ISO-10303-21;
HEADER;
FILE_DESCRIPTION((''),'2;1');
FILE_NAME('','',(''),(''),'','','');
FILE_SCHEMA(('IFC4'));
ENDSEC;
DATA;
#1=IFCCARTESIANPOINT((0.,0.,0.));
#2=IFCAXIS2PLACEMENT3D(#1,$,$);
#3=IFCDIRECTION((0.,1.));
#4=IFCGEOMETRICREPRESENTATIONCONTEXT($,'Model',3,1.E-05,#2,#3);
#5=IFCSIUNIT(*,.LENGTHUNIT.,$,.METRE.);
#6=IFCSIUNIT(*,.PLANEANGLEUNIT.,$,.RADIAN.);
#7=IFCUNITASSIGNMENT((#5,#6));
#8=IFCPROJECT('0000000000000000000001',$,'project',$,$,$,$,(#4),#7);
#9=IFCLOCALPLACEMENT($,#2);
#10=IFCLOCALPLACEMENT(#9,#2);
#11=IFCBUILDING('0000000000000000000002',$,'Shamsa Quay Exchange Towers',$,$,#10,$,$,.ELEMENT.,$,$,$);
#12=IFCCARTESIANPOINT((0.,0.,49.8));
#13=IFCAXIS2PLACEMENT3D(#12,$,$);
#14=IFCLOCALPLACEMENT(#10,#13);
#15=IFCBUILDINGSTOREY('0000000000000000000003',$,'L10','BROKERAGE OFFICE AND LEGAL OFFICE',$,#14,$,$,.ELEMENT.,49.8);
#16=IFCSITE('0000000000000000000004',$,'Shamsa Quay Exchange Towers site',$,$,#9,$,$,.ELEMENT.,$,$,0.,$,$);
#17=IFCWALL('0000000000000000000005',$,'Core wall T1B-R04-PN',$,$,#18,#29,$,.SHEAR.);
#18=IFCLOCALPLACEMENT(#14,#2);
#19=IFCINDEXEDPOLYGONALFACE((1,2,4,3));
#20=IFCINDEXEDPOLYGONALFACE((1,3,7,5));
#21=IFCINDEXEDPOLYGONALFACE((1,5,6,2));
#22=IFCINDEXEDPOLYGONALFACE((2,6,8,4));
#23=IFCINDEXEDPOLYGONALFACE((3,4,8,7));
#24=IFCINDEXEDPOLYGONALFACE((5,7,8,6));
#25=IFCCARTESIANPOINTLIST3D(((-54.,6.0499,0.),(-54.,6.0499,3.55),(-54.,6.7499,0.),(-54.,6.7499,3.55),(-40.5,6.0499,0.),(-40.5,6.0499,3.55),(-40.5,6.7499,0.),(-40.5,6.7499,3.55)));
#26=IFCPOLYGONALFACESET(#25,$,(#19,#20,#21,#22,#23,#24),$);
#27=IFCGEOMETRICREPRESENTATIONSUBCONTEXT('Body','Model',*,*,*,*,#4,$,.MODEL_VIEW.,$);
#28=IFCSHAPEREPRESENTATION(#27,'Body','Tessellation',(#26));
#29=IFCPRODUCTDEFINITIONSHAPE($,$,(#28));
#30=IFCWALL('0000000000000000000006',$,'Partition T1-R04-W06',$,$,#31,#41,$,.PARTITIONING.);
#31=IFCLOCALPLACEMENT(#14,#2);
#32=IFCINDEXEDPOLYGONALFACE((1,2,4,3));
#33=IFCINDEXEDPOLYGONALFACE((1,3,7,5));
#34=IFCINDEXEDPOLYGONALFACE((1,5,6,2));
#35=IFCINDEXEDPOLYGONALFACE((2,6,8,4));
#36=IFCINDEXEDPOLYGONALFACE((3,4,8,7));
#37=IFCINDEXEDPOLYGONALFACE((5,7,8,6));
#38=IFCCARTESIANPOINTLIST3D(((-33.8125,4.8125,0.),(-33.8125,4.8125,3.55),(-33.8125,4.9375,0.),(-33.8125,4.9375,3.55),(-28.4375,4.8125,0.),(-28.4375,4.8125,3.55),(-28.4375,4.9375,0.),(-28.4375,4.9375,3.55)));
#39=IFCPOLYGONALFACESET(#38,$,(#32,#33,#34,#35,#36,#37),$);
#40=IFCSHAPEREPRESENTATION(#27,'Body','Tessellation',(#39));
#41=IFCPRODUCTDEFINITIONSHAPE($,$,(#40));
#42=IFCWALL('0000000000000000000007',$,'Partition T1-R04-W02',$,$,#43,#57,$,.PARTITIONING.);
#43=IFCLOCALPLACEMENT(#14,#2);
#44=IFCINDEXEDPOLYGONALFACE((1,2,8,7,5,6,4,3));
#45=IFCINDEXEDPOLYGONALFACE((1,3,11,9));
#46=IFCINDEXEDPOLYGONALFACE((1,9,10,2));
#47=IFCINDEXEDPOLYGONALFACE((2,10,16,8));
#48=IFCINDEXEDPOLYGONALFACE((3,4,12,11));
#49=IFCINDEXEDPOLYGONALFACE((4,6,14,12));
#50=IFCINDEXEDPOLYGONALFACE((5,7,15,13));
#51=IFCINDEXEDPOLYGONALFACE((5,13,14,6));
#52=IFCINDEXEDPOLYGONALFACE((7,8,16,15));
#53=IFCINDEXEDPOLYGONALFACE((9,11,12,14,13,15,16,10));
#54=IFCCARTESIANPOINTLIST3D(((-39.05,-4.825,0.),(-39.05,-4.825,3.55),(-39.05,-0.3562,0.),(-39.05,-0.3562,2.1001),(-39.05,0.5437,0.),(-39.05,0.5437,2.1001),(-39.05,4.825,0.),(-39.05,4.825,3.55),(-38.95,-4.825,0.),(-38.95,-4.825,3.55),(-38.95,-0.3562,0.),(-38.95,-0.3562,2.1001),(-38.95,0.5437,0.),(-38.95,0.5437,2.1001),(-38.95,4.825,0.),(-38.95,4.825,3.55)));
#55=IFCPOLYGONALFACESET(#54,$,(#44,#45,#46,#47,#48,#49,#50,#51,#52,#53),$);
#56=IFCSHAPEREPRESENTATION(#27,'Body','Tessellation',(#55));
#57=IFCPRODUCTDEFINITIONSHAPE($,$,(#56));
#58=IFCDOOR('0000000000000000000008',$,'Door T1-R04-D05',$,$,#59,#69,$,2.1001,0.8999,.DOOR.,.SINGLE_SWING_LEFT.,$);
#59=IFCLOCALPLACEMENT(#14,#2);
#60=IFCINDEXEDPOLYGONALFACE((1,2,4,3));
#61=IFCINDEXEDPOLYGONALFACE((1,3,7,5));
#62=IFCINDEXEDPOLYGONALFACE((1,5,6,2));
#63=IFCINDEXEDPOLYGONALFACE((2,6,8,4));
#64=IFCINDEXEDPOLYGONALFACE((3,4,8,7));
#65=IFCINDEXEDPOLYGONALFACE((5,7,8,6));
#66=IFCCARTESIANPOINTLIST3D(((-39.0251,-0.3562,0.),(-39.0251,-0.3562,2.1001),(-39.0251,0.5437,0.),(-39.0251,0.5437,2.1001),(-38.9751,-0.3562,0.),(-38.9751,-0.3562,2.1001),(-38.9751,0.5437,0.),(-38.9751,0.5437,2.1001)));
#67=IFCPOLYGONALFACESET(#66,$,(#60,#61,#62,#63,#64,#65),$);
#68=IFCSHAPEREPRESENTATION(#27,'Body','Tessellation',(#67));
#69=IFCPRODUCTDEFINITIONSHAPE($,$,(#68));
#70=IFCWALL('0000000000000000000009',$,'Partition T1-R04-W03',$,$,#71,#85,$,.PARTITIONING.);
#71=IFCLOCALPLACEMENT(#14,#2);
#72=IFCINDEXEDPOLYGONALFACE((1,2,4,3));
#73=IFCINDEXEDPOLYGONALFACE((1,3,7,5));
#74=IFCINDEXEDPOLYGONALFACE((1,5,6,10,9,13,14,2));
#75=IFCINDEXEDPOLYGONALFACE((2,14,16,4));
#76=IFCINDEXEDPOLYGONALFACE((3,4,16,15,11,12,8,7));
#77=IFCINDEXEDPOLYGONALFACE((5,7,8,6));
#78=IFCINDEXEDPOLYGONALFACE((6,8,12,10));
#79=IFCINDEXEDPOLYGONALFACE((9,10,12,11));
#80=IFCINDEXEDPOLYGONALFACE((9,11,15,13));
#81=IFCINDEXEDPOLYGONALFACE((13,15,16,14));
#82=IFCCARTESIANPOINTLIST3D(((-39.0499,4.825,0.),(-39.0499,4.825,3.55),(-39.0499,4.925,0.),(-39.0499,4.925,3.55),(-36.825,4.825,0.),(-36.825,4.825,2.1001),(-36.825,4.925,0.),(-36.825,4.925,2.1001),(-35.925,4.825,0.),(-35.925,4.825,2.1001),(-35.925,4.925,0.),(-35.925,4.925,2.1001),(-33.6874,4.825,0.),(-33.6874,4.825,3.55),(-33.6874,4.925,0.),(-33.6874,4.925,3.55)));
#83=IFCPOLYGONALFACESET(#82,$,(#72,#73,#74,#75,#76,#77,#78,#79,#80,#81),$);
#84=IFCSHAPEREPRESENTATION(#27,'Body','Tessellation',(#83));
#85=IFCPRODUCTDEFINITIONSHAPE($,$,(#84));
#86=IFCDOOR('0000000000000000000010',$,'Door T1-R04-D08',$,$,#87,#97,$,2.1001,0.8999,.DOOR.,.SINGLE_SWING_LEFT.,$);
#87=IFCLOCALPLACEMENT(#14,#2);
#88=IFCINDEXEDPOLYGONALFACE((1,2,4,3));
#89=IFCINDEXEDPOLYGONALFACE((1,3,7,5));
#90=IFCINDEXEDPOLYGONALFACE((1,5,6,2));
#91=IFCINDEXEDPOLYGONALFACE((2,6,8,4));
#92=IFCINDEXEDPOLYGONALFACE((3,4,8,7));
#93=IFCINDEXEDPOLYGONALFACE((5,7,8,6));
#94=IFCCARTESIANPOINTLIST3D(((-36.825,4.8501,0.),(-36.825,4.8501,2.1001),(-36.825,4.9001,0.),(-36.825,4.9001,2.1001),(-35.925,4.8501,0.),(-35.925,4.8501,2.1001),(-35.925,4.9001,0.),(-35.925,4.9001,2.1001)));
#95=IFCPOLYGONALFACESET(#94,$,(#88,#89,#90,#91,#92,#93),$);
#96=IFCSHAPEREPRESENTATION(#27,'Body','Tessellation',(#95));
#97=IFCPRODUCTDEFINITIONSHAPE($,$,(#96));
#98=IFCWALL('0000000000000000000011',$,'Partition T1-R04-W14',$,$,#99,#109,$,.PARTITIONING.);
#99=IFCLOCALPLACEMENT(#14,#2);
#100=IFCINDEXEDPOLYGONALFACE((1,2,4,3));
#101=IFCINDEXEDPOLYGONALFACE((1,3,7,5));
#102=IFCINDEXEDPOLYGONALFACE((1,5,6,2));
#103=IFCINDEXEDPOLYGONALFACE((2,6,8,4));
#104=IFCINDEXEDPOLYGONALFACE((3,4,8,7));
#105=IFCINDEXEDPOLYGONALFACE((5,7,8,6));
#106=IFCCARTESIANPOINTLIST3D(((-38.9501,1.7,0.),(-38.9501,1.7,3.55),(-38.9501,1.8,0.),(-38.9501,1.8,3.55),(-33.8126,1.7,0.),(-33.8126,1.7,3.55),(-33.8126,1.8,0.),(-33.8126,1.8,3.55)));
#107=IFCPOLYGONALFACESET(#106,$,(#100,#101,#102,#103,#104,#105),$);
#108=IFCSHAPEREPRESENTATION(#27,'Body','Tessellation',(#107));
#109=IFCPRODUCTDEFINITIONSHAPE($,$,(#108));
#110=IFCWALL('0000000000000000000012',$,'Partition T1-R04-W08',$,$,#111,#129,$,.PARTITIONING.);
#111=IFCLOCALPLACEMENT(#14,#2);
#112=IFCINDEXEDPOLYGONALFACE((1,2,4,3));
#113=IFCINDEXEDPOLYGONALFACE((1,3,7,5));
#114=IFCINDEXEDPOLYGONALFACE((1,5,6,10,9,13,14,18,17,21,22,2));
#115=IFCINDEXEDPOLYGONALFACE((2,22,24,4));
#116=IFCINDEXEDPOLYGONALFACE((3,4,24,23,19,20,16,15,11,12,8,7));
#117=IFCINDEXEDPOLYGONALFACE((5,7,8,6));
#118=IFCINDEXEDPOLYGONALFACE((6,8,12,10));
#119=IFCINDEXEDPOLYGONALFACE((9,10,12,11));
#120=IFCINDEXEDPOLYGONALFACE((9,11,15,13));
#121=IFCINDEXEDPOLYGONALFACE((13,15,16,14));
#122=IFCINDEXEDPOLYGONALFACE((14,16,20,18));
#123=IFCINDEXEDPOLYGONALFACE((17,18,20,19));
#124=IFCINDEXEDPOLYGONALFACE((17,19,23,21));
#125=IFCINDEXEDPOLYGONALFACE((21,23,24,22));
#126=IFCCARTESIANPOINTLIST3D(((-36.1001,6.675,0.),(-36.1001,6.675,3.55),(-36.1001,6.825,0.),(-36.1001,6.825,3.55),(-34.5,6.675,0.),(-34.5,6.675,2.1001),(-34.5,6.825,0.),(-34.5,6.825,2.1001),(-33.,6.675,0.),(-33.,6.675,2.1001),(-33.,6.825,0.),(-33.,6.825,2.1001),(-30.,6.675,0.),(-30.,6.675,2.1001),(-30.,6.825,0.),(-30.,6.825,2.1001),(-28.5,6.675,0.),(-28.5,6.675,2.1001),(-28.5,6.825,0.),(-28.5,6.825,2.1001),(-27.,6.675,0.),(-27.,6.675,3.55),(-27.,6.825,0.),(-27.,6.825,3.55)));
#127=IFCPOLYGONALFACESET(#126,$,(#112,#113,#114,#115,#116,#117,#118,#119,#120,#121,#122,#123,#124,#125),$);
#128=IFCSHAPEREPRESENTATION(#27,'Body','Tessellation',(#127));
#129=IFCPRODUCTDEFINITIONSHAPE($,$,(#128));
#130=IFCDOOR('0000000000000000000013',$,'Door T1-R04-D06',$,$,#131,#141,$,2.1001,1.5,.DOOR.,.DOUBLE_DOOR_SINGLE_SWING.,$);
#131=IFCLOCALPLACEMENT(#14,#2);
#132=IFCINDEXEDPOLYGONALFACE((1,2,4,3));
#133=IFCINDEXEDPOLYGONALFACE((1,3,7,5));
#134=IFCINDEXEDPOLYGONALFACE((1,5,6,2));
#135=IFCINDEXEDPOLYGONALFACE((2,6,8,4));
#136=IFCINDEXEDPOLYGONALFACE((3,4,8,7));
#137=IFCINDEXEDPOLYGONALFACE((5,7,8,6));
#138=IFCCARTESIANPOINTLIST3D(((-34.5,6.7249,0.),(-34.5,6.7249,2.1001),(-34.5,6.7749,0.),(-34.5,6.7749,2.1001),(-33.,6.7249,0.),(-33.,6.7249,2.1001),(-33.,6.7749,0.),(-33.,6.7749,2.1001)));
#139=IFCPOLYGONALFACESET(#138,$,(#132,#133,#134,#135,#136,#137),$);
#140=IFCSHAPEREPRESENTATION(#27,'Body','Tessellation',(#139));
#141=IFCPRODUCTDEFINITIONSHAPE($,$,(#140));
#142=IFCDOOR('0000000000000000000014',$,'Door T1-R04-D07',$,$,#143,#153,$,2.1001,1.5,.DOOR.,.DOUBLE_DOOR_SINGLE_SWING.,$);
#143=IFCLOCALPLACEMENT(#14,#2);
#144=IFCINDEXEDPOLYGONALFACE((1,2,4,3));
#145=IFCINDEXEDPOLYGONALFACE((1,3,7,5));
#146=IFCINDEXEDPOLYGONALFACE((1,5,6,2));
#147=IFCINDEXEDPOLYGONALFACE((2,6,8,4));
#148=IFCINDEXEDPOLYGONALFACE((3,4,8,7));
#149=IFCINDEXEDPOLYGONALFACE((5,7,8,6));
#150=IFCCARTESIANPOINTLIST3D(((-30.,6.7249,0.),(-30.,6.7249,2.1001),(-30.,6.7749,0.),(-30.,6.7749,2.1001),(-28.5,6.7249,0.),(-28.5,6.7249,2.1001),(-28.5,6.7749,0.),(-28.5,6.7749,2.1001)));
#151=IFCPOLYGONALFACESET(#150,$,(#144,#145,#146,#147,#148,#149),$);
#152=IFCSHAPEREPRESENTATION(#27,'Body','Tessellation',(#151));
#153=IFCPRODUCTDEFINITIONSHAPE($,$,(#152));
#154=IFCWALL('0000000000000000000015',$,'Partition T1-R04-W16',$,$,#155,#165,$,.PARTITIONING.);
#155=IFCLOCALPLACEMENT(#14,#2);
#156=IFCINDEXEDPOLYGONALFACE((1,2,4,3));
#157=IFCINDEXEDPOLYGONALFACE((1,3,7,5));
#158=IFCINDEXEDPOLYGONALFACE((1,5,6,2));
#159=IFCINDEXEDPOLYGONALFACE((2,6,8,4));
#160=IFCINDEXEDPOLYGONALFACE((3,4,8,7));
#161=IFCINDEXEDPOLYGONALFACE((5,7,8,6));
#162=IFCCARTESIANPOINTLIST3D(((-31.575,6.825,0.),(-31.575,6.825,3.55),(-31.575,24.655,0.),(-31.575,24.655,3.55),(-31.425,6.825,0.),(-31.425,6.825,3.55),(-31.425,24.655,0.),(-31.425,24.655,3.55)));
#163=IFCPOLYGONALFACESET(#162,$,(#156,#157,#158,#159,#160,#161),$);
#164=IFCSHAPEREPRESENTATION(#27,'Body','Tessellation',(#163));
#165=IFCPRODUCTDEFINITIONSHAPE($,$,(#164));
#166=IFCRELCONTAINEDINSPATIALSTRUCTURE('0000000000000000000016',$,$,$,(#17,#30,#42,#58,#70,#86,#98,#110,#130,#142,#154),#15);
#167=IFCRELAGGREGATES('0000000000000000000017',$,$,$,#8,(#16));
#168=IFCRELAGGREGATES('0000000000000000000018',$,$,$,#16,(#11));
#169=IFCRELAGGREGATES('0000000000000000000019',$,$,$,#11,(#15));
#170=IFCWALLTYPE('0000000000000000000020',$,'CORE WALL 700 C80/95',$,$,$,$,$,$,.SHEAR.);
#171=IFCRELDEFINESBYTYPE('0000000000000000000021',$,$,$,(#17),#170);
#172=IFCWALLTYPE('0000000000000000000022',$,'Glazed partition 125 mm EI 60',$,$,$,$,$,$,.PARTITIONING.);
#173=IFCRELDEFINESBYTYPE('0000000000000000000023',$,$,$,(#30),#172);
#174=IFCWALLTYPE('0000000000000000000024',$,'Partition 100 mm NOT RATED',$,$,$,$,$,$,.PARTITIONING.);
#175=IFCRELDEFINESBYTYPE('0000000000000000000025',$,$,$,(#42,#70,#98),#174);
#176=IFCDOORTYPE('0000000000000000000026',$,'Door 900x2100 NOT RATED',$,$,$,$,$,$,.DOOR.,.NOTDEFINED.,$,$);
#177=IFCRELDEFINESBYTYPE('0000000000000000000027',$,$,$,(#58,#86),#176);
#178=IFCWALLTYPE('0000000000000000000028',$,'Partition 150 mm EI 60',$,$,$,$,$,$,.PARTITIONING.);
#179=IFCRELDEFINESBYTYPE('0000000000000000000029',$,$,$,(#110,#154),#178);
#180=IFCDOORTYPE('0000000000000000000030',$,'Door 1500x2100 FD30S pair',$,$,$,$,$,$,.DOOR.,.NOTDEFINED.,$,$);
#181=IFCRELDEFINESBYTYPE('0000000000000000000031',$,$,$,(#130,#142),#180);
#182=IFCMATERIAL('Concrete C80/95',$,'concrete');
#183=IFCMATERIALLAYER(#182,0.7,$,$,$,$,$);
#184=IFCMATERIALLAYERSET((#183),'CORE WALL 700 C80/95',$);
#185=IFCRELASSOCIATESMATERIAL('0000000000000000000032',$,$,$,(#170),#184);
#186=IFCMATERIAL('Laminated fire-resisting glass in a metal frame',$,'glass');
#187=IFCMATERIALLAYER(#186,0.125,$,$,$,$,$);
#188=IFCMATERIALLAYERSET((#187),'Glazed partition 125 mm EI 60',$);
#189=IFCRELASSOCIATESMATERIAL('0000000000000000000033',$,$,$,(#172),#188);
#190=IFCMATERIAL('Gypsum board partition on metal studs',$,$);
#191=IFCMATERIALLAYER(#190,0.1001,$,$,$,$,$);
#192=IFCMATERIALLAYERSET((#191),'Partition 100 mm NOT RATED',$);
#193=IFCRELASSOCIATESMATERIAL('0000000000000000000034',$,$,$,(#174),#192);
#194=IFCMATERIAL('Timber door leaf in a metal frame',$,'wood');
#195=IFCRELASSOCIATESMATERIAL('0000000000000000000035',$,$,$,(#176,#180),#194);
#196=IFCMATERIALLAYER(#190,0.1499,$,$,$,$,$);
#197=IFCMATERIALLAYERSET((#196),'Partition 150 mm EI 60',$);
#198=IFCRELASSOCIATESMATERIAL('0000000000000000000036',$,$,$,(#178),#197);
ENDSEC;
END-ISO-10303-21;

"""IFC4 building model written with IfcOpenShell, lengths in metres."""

from ifc_helpers import new_model, si_unit, direction, frame, frame_2d, origin, place, context, subcontext, project, spatial, rectangle, extrude, material, layer, layer_set, type_object, element, fill, save


model = new_model("IFC4")

# Units and contexts
model_context = context("Model", 3, precision=1e-05, world=origin(), true_north=direction((0.0, 1.0)))
body_context = subcontext(model_context, "Body", "Model", "MODEL_VIEW")
ifc_project = project(units=[si_unit("LENGTHUNIT", "METRE"), si_unit("PLANEANGLEUNIT", "RADIAN")], contexts=[model_context])

# Site, building, storey
site_placement = place(None, origin())
site = spatial("IfcSite", under=ifc_project, at=site_placement, Name="Shamsa Quay Exchange Towers site", CompositionType="ELEMENT", RefElevation=0.0)
building_placement = place(site_placement, origin())
building = spatial("IfcBuilding", under=site, at=building_placement, Name="Shamsa Quay Exchange Towers", CompositionType="ELEMENT")
storey_placement = place(building_placement, frame((0.0, 0.0, 49.8)))
storey = spatial("IfcBuildingStorey", under=building, at=storey_placement, Name="L10", Description="BROKERAGE OFFICE AND LEGAL OFFICE", CompositionType="ELEMENT", Elevation=49.8)

# Walls
ifc_material_1 = material(Name="Concrete C80/95", Category="concrete")
ifc_layer_1 = layer(ifc_material_1, 0.7)
ifc_layer_set_1 = layer_set([ifc_layer_1], Name="CORE WALL 700 C80/95")
wall_type_1 = type_object("IfcWallType", Name="CORE WALL 700 C80/95", PredefinedType="SHEAR", material=ifc_layer_set_1)
wall_1_placement = place(storey_placement, frame((-40.5, 6.3999, 0.0), z_axis=(0.0, 0.0, 1.0), x_axis=(-1.0, 0.0, 0.0)))
element("IfcWall", 1, at=wall_1_placement, inside=storey, type_object=wall_type_1, Name="Core wall T1B-R04-PN", PredefinedType="SHEAR", context=body_context, shape_type="SweptSolid", body=[
    extrude(rectangle(XDim=13.5, YDim=0.7, at=frame_2d((6.75, 0.0))), origin(), (0.0, 0.0, 1.0), 3.55),
])
ifc_material_2 = material(Name="Laminated fire-resisting glass in a metal frame", Category="glass")
ifc_layer_2 = layer(ifc_material_2, 0.125)
ifc_layer_set_2 = layer_set([ifc_layer_2], Name="Glazed partition 125 mm EI 60")
wall_type_2 = type_object("IfcWallType", Name="Glazed partition 125 mm EI 60", PredefinedType="PARTITIONING", material=ifc_layer_set_2)
wall_2_placement = place(storey_placement, frame((-28.4375, 4.875, 0.0), z_axis=(0.0, 0.0, 1.0), x_axis=(-1.0, 0.0, 0.0)))
element("IfcWall", 2, at=wall_2_placement, inside=storey, type_object=wall_type_2, Name="Partition T1-R04-W06", PredefinedType="PARTITIONING", context=body_context, shape_type="SweptSolid", body=[
    extrude(rectangle(XDim=5.375, YDim=0.125, at=frame_2d((2.6875, 0.0))), origin(), (0.0, 0.0, 1.0), 3.55),
])

# Walls, openings, doors
ifc_material_3 = material(Name="Gypsum board partition on metal studs")
ifc_layer_3 = layer(ifc_material_3, 0.1001)
ifc_layer_set_3 = layer_set([ifc_layer_3], Name="Partition 100 mm NOT RATED")
wall_type_3 = type_object("IfcWallType", Name="Partition 100 mm NOT RATED", PredefinedType="PARTITIONING", material=ifc_layer_set_3)
wall_3_placement = place(storey_placement, frame((-39.0, 4.825, 0.0), z_axis=(0.0, 0.0, 1.0), x_axis=(0.0, -1.0, 0.0)))
wall_3 = element("IfcWall", 3, at=wall_3_placement, inside=storey, type_object=wall_type_3, Name="Partition T1-R04-W02", PredefinedType="PARTITIONING", context=body_context, shape_type="SweptSolid", body=[
    extrude(rectangle(XDim=9.6499, YDim=0.1001, at=frame_2d((4.825, 0.0))), origin(), (0.0, 0.0, 1.0), 3.55),
])
opening_1_placement = place(wall_3_placement, frame((4.2812, 0.0, 0.0)))
opening_1 = element("IfcOpeningElement", 4, at=opening_1_placement, cuts=wall_3, PredefinedType="OPENING", context=body_context, shape_type="SweptSolid", body=[
    extrude(rectangle(XDim=0.8999, YDim=2.1001, at=frame_2d((0.45, 1.05))), frame((0.0, 0.0601, 0.0), z_axis=(0.0, -1.0, 0.0), x_axis=(1.0, 0.0, 0.0)), (0.0, 0.0, 1.0), 0.1201),
])
ifc_material_4 = material(Name="Timber door leaf in a metal frame", Category="wood")
door_type_1 = type_object("IfcDoorType", Name="Door 900x2100 NOT RATED", OperationType="NOTDEFINED", PredefinedType="DOOR", material=ifc_material_4)
door_1_placement = place(opening_1_placement, origin())
door_1 = element("IfcDoor", 5, at=door_1_placement, inside=storey, type_object=door_type_1, Name="Door T1-R04-D05", OperationType="SINGLE_SWING_LEFT", OverallHeight=2.1001, OverallWidth=0.8999, PredefinedType="DOOR", context=body_context, shape_type="SweptSolid", body=[
    extrude(rectangle(XDim=0.8999, YDim=2.1001, at=frame_2d((0.45, 1.05))), frame((0.0, 0.0249, 0.0), z_axis=(0.0, -1.0, 0.0), x_axis=(1.0, 0.0, 0.0)), (0.0, 0.0, 1.0), 0.05),
])
fill(opening_1, door_1)
wall_4_placement = place(storey_placement, frame((-33.6875, 4.875, 0.0), z_axis=(0.0, 0.0, 1.0), x_axis=(-1.0, 0.0, 0.0)))
wall_4 = element("IfcWall", 6, at=wall_4_placement, inside=storey, type_object=wall_type_3, Name="Partition T1-R04-W03", PredefinedType="PARTITIONING", context=body_context, shape_type="SweptSolid", body=[
    extrude(rectangle(XDim=5.3625, YDim=0.1001, at=frame_2d((2.6812, 0.0))), origin(), (0.0, 0.0, 1.0), 3.55),
])
opening_2_placement = place(wall_4_placement, frame((2.2375, 0.0, 0.0)))
opening_2 = element("IfcOpeningElement", 7, at=opening_2_placement, cuts=wall_4, PredefinedType="OPENING", context=body_context, shape_type="SweptSolid", body=[
    extrude(rectangle(XDim=0.8999, YDim=2.1001, at=frame_2d((0.45, 1.05))), frame((0.0, 0.0601, 0.0), z_axis=(0.0, -1.0, 0.0), x_axis=(1.0, 0.0, 0.0)), (0.0, 0.0, 1.0), 0.1201),
])
door_2_placement = place(opening_2_placement, origin())
door_2 = element("IfcDoor", 8, at=door_2_placement, inside=storey, type_object=door_type_1, Name="Door T1-R04-D08", OperationType="SINGLE_SWING_LEFT", OverallHeight=2.1001, OverallWidth=0.8999, PredefinedType="DOOR", context=body_context, shape_type="SweptSolid", body=[
    extrude(rectangle(XDim=0.8999, YDim=2.1001, at=frame_2d((0.45, 1.05))), frame((0.0, 0.0249, 0.0), z_axis=(0.0, -1.0, 0.0), x_axis=(1.0, 0.0, 0.0)), (0.0, 0.0, 1.0), 0.05),
])
fill(opening_2, door_2)

# Wall
wall_5_placement = place(storey_placement, frame((-33.8125, 1.75, 0.0), z_axis=(0.0, 0.0, 1.0), x_axis=(-1.0, 0.0, 0.0)))
element("IfcWall", 9, at=wall_5_placement, inside=storey, type_object=wall_type_3, Name="Partition T1-R04-W14", PredefinedType="PARTITIONING", context=body_context, shape_type="SweptSolid", body=[
    extrude(rectangle(XDim=5.1375, YDim=0.1001, at=frame_2d((2.5688, 0.0))), origin(), (0.0, 0.0, 1.0), 3.55),
])

# Wall, openings, doors
ifc_layer_4 = layer(ifc_material_3, 0.1499)
ifc_layer_set_4 = layer_set([ifc_layer_4], Name="Partition 150 mm EI 60")
wall_type_4 = type_object("IfcWallType", Name="Partition 150 mm EI 60", PredefinedType="PARTITIONING", material=ifc_layer_set_4)
wall_6_placement = place(storey_placement, frame((-36.1001, 6.75, 0.0)))
wall_6 = element("IfcWall", 10, at=wall_6_placement, inside=storey, type_object=wall_type_4, Name="Partition T1-R04-W08", PredefinedType="PARTITIONING", context=body_context, shape_type="SweptSolid", body=[
    extrude(rectangle(XDim=9.1001, YDim=0.1499, at=frame_2d((4.55, 0.0))), origin(), (0.0, 0.0, 1.0), 3.55),
])
opening_3_placement = place(wall_6_placement, frame((1.6001, 0.0, 0.0)))
opening_3 = element("IfcOpeningElement", 11, at=opening_3_placement, cuts=wall_6, PredefinedType="OPENING", context=body_context, shape_type="SweptSolid", body=[
    extrude(rectangle(XDim=1.5, YDim=2.1001, at=frame_2d((0.75, 1.05))), frame((0.0, 0.085, 0.0), z_axis=(0.0, -1.0, 0.0), x_axis=(1.0, 0.0, 0.0)), (0.0, 0.0, 1.0), 0.1699),
])
opening_4_placement = place(wall_6_placement, frame((6.1001, 0.0, 0.0)))
opening_4 = element("IfcOpeningElement", 12, at=opening_4_placement, cuts=wall_6, PredefinedType="OPENING", context=body_context, shape_type="SweptSolid", body=[
    extrude(rectangle(XDim=1.5, YDim=2.1001, at=frame_2d((0.75, 1.05))), frame((0.0, 0.085, 0.0), z_axis=(0.0, -1.0, 0.0), x_axis=(1.0, 0.0, 0.0)), (0.0, 0.0, 1.0), 0.1699),
])
door_type_2 = type_object("IfcDoorType", Name="Door 1500x2100 FD30S pair", OperationType="NOTDEFINED", PredefinedType="DOOR", material=ifc_material_4)
door_3_placement = place(opening_3_placement, origin())
door_3 = element("IfcDoor", 13, at=door_3_placement, inside=storey, type_object=door_type_2, Name="Door T1-R04-D06", OperationType="DOUBLE_DOOR_SINGLE_SWING", OverallHeight=2.1001, OverallWidth=1.5, PredefinedType="DOOR", context=body_context, shape_type="SweptSolid", body=[
    extrude(rectangle(XDim=1.5, YDim=2.1001, at=frame_2d((0.75, 1.05))), frame((0.0, 0.0249, 0.0), z_axis=(0.0, -1.0, 0.0), x_axis=(1.0, 0.0, 0.0)), (0.0, 0.0, 1.0), 0.05),
])
fill(opening_3, door_3)
door_4_placement = place(opening_4_placement, origin())
door_4 = element("IfcDoor", 14, at=door_4_placement, inside=storey, type_object=door_type_2, Name="Door T1-R04-D07", OperationType="DOUBLE_DOOR_SINGLE_SWING", OverallHeight=2.1001, OverallWidth=1.5, PredefinedType="DOOR", context=body_context, shape_type="SweptSolid", body=[
    extrude(rectangle(XDim=1.5, YDim=2.1001, at=frame_2d((0.75, 1.05))), frame((0.0, 0.0249, 0.0), z_axis=(0.0, -1.0, 0.0), x_axis=(1.0, 0.0, 0.0)), (0.0, 0.0, 1.0), 0.05),
])
fill(opening_4, door_4)

# Wall
wall_7_placement = place(storey_placement, frame((-31.5, 6.825, 0.0), z_axis=(0.0, 0.0, 1.0), x_axis=(0.0, 1.0, 0.0)))
element("IfcWall", 15, at=wall_7_placement, inside=storey, type_object=wall_type_4, Name="Partition T1-R04-W16", PredefinedType="PARTITIONING", context=body_context, shape_type="SweptSolid", body=[
    extrude(rectangle(XDim=17.8301, YDim=0.1499, at=frame_2d((8.915, 0.0))), origin(), (0.0, 0.0, 1.0), 3.55),
])

save(model, "model.ifc")
